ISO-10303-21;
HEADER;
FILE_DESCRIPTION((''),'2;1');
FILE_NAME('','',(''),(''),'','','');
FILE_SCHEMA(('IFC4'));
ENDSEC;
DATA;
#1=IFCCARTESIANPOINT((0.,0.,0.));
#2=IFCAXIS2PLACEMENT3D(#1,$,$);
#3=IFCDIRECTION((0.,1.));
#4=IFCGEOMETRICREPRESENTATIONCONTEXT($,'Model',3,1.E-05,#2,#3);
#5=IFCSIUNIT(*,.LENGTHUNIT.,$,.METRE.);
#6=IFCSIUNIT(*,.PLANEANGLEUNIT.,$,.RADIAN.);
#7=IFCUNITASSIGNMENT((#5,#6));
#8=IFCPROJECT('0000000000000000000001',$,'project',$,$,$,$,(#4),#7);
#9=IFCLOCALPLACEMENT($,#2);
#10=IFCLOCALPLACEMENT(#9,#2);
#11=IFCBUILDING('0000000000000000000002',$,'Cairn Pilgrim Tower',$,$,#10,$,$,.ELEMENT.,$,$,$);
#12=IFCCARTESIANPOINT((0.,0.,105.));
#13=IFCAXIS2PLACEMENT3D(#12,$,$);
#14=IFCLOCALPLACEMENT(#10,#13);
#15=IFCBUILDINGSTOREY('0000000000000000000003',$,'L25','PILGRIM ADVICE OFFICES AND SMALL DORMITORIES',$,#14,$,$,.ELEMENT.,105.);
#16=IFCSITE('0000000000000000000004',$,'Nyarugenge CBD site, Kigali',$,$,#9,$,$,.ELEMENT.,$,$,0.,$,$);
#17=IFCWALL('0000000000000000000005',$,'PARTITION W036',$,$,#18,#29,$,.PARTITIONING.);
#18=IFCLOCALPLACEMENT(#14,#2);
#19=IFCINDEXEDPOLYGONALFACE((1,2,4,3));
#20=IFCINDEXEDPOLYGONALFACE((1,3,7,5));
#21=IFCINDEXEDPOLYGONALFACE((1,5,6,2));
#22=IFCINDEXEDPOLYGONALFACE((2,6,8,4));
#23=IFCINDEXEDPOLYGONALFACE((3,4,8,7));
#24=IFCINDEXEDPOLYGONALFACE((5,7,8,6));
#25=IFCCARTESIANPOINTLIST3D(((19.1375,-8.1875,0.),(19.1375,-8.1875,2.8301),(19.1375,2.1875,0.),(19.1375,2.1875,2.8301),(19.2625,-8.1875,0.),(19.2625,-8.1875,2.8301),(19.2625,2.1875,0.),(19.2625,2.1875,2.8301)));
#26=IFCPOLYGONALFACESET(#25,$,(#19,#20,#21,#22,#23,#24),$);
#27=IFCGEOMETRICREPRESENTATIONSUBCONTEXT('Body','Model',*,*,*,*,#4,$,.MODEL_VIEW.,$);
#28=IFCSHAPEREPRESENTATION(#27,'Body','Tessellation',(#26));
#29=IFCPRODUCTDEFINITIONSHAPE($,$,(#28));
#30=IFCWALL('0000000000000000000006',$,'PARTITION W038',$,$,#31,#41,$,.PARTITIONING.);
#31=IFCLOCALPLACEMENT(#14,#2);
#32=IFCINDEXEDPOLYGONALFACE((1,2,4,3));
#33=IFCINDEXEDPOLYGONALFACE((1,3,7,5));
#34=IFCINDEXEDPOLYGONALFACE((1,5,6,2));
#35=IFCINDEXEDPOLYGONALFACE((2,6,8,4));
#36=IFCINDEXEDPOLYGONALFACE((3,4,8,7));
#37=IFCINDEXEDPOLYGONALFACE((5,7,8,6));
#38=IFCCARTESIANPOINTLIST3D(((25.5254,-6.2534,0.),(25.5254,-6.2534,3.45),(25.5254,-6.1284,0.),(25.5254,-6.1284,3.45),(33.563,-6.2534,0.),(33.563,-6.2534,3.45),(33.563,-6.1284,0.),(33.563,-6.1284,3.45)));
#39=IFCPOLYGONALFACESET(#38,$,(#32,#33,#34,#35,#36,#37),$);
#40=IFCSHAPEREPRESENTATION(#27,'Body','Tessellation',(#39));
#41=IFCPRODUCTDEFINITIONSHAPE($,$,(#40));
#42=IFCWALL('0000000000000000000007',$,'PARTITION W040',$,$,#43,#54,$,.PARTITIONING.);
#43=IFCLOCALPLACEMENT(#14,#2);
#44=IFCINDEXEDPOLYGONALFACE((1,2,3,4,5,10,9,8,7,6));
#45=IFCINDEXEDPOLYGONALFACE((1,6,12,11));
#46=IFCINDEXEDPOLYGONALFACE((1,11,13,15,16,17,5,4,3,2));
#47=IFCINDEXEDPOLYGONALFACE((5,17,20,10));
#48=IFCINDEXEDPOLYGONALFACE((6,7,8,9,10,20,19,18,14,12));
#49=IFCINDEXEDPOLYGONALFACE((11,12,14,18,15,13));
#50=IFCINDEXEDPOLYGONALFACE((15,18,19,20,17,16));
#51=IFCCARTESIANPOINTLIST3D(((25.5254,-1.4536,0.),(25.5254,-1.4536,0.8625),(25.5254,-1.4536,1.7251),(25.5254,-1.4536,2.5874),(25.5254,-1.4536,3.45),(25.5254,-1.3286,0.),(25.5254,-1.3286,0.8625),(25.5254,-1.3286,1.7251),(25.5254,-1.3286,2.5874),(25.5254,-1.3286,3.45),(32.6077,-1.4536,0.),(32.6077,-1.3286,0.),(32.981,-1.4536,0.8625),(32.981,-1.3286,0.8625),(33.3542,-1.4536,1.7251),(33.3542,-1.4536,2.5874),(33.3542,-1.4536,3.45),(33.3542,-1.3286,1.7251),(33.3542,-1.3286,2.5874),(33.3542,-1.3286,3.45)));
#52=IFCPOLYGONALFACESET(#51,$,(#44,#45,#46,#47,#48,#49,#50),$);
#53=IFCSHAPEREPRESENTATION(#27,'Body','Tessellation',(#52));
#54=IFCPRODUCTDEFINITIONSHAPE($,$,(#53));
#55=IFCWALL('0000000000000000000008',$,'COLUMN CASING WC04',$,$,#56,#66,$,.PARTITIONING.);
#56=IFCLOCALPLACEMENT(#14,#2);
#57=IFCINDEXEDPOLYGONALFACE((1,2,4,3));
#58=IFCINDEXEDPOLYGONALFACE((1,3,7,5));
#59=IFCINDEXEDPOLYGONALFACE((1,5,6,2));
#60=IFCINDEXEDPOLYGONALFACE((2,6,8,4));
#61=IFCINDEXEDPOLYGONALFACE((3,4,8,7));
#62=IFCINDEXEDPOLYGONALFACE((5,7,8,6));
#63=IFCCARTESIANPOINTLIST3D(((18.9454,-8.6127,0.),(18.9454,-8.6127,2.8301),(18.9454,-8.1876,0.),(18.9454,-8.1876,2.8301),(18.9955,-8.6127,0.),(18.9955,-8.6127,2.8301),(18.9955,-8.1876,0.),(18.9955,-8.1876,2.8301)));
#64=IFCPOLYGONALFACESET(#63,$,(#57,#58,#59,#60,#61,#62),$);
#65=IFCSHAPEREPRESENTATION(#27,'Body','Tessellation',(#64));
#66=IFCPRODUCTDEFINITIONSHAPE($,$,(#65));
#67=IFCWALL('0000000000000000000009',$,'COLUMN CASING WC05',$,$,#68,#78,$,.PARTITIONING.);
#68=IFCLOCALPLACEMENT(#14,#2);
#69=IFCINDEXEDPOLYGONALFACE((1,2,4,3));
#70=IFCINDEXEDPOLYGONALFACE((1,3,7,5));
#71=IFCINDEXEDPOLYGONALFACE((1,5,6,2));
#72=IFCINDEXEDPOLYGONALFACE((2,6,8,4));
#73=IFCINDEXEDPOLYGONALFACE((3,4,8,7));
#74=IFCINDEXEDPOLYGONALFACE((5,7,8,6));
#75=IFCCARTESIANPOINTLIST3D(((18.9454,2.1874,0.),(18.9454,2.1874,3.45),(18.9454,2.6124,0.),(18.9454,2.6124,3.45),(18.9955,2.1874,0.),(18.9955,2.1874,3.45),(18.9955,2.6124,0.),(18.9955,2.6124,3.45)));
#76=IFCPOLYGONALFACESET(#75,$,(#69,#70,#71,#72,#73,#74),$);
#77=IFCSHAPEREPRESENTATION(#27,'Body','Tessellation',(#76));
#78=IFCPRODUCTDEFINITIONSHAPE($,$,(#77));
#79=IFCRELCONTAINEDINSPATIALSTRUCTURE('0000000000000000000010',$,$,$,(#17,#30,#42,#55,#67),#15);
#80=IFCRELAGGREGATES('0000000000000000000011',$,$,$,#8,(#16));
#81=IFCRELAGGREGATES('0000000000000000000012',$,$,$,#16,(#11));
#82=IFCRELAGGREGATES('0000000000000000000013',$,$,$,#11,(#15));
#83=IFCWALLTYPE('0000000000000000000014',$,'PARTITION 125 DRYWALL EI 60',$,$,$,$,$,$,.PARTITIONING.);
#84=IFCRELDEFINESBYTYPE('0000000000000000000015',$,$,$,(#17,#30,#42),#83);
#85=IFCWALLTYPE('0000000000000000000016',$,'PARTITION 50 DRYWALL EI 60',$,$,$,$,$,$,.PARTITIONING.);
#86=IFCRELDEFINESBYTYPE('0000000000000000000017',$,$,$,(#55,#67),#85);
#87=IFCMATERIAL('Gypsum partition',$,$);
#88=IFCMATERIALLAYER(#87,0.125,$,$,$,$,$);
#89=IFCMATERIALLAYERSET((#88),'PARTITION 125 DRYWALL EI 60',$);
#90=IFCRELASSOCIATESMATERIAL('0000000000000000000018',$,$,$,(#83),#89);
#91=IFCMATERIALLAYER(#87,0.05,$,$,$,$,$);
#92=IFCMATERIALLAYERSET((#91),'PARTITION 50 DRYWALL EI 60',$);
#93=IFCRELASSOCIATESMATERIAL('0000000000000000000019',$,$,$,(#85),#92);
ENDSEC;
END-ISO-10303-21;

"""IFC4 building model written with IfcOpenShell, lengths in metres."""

from ifc_helpers import new_model, si_unit, direction, frame, frame_2d, origin, place, context, subcontext, project, spatial, polyline, rectangle, outline, extrude, material, layer, layer_set, type_object, element, save


model = new_model("IFC4")

# Units and contexts
model_context = context("Model", 3, precision=1e-05, world=origin(), true_north=direction((0.0, 1.0)))
body_context = subcontext(model_context, "Body", "Model", "MODEL_VIEW")
ifc_project = project(units=[si_unit("LENGTHUNIT", "METRE"), si_unit("PLANEANGLEUNIT", "RADIAN")], contexts=[model_context])

# Site, building, storey
site_placement = place(None, origin())
site = spatial("IfcSite", under=ifc_project, at=site_placement, Name="Nyarugenge CBD site, Kigali", CompositionType="ELEMENT", RefElevation=0.0)
building_placement = place(site_placement, origin())
building = spatial("IfcBuilding", under=site, at=building_placement, Name="Cairn Pilgrim Tower", CompositionType="ELEMENT")
storey_placement = place(building_placement, frame((0.0, 0.0, 105.0)))
storey = spatial("IfcBuildingStorey", under=building, at=storey_placement, Name="L25", Description="PILGRIM ADVICE OFFICES AND SMALL DORMITORIES", CompositionType="ELEMENT", Elevation=105.0)

# Shared definitions
ifc_material_1 = material(Name="Gypsum partition")
ifc_layer_1 = layer(ifc_material_1, 0.125)
ifc_layer_set_1 = layer_set([ifc_layer_1], Name="PARTITION 125 DRYWALL EI 60")
wall_type_1 = type_object("IfcWallType", Name="PARTITION 125 DRYWALL EI 60", PredefinedType="PARTITIONING", material=ifc_layer_set_1)

# Walls
wall_1_placement = place(storey_placement, frame((19.2, -8.1875, 0.0), z_axis=(0.0, 0.0, 1.0), x_axis=(0.0, 1.0, 0.0)))
element("IfcWall", 1, at=wall_1_placement, inside=storey, type_object=wall_type_1, Name="PARTITION W036", PredefinedType="PARTITIONING", context=body_context, shape_type="SweptSolid", body=[
    extrude(rectangle(XDim=10.375, YDim=0.125, at=frame_2d((5.1875, 0.0))), origin(), (0.0, 0.0, 1.0), 2.8301),
])
wall_2_placement = place(storey_placement, frame((25.5254, -6.1909, 0.0), z_axis=(0.0, 0.0, 1.0), x_axis=(1.0, 0.0, 0.0)))
element("IfcWall", 2, at=wall_2_placement, inside=storey, type_object=wall_type_1, Name="PARTITION W038", PredefinedType="PARTITIONING", context=body_context, shape_type="SweptSolid", body=[
    extrude(rectangle(XDim=8.0376, YDim=0.125, at=frame_2d((4.0188, 0.0))), origin(), (0.0, 0.0, 1.0), 3.45),
])
wall_3_placement = place(storey_placement, frame((25.5254, -1.3911, 0.0), z_axis=(0.0, 0.0, 1.0), x_axis=(1.0, 0.0, 0.0)))
element("IfcWall", 3, at=wall_3_placement, inside=storey, type_object=wall_type_1, Name="PARTITION W040", PredefinedType="PARTITIONING", context=body_context, shape_type="SweptSolid", body=[
    extrude(outline(polyline([(0.0, 0.0), (7.0823, 0.0), (7.4556, 0.8625), (7.8289, 1.7251), (7.8289, 2.5874), (7.8289, 3.45), (0.0, 3.45), (0.0, 2.5874), (0.0, 1.7251), (0.0, 0.8625), (0.0, 0.0)])), frame((0.0, 0.0625, 0.0), z_axis=(0.0, -1.0, 0.0), x_axis=(1.0, 0.0, 0.0)), (0.0, 0.0, 1.0), 0.125),
])
ifc_layer_2 = layer(ifc_material_1, 0.05)
ifc_layer_set_2 = layer_set([ifc_layer_2], Name="PARTITION 50 DRYWALL EI 60")
wall_type_2 = type_object("IfcWallType", Name="PARTITION 50 DRYWALL EI 60", PredefinedType="PARTITIONING", material=ifc_layer_set_2)
wall_4_placement = place(storey_placement, frame((18.9705, -8.6125, 0.0), z_axis=(0.0, 0.0, 1.0), x_axis=(0.0, 1.0, 0.0)))
element("IfcWall", 4, at=wall_4_placement, inside=storey, type_object=wall_type_2, Name="COLUMN CASING WC04", PredefinedType="PARTITIONING", context=body_context, shape_type="SweptSolid", body=[
    extrude(rectangle(XDim=0.425, YDim=0.05, at=frame_2d((0.2124, 0.0))), origin(), (0.0, 0.0, 1.0), 2.8301),
])
wall_5_placement = place(storey_placement, frame((18.9705, 2.1875, 0.0), z_axis=(0.0, 0.0, 1.0), x_axis=(0.0, 1.0, 0.0)))
element("IfcWall", 5, at=wall_5_placement, inside=storey, type_object=wall_type_2, Name="COLUMN CASING WC05", PredefinedType="PARTITIONING", context=body_context, shape_type="SweptSolid", body=[
    extrude(rectangle(XDim=0.425, YDim=0.05, at=frame_2d((0.2124, 0.0))), origin(), (0.0, 0.0, 1.0), 3.45),
])

save(model, "model.ifc")
